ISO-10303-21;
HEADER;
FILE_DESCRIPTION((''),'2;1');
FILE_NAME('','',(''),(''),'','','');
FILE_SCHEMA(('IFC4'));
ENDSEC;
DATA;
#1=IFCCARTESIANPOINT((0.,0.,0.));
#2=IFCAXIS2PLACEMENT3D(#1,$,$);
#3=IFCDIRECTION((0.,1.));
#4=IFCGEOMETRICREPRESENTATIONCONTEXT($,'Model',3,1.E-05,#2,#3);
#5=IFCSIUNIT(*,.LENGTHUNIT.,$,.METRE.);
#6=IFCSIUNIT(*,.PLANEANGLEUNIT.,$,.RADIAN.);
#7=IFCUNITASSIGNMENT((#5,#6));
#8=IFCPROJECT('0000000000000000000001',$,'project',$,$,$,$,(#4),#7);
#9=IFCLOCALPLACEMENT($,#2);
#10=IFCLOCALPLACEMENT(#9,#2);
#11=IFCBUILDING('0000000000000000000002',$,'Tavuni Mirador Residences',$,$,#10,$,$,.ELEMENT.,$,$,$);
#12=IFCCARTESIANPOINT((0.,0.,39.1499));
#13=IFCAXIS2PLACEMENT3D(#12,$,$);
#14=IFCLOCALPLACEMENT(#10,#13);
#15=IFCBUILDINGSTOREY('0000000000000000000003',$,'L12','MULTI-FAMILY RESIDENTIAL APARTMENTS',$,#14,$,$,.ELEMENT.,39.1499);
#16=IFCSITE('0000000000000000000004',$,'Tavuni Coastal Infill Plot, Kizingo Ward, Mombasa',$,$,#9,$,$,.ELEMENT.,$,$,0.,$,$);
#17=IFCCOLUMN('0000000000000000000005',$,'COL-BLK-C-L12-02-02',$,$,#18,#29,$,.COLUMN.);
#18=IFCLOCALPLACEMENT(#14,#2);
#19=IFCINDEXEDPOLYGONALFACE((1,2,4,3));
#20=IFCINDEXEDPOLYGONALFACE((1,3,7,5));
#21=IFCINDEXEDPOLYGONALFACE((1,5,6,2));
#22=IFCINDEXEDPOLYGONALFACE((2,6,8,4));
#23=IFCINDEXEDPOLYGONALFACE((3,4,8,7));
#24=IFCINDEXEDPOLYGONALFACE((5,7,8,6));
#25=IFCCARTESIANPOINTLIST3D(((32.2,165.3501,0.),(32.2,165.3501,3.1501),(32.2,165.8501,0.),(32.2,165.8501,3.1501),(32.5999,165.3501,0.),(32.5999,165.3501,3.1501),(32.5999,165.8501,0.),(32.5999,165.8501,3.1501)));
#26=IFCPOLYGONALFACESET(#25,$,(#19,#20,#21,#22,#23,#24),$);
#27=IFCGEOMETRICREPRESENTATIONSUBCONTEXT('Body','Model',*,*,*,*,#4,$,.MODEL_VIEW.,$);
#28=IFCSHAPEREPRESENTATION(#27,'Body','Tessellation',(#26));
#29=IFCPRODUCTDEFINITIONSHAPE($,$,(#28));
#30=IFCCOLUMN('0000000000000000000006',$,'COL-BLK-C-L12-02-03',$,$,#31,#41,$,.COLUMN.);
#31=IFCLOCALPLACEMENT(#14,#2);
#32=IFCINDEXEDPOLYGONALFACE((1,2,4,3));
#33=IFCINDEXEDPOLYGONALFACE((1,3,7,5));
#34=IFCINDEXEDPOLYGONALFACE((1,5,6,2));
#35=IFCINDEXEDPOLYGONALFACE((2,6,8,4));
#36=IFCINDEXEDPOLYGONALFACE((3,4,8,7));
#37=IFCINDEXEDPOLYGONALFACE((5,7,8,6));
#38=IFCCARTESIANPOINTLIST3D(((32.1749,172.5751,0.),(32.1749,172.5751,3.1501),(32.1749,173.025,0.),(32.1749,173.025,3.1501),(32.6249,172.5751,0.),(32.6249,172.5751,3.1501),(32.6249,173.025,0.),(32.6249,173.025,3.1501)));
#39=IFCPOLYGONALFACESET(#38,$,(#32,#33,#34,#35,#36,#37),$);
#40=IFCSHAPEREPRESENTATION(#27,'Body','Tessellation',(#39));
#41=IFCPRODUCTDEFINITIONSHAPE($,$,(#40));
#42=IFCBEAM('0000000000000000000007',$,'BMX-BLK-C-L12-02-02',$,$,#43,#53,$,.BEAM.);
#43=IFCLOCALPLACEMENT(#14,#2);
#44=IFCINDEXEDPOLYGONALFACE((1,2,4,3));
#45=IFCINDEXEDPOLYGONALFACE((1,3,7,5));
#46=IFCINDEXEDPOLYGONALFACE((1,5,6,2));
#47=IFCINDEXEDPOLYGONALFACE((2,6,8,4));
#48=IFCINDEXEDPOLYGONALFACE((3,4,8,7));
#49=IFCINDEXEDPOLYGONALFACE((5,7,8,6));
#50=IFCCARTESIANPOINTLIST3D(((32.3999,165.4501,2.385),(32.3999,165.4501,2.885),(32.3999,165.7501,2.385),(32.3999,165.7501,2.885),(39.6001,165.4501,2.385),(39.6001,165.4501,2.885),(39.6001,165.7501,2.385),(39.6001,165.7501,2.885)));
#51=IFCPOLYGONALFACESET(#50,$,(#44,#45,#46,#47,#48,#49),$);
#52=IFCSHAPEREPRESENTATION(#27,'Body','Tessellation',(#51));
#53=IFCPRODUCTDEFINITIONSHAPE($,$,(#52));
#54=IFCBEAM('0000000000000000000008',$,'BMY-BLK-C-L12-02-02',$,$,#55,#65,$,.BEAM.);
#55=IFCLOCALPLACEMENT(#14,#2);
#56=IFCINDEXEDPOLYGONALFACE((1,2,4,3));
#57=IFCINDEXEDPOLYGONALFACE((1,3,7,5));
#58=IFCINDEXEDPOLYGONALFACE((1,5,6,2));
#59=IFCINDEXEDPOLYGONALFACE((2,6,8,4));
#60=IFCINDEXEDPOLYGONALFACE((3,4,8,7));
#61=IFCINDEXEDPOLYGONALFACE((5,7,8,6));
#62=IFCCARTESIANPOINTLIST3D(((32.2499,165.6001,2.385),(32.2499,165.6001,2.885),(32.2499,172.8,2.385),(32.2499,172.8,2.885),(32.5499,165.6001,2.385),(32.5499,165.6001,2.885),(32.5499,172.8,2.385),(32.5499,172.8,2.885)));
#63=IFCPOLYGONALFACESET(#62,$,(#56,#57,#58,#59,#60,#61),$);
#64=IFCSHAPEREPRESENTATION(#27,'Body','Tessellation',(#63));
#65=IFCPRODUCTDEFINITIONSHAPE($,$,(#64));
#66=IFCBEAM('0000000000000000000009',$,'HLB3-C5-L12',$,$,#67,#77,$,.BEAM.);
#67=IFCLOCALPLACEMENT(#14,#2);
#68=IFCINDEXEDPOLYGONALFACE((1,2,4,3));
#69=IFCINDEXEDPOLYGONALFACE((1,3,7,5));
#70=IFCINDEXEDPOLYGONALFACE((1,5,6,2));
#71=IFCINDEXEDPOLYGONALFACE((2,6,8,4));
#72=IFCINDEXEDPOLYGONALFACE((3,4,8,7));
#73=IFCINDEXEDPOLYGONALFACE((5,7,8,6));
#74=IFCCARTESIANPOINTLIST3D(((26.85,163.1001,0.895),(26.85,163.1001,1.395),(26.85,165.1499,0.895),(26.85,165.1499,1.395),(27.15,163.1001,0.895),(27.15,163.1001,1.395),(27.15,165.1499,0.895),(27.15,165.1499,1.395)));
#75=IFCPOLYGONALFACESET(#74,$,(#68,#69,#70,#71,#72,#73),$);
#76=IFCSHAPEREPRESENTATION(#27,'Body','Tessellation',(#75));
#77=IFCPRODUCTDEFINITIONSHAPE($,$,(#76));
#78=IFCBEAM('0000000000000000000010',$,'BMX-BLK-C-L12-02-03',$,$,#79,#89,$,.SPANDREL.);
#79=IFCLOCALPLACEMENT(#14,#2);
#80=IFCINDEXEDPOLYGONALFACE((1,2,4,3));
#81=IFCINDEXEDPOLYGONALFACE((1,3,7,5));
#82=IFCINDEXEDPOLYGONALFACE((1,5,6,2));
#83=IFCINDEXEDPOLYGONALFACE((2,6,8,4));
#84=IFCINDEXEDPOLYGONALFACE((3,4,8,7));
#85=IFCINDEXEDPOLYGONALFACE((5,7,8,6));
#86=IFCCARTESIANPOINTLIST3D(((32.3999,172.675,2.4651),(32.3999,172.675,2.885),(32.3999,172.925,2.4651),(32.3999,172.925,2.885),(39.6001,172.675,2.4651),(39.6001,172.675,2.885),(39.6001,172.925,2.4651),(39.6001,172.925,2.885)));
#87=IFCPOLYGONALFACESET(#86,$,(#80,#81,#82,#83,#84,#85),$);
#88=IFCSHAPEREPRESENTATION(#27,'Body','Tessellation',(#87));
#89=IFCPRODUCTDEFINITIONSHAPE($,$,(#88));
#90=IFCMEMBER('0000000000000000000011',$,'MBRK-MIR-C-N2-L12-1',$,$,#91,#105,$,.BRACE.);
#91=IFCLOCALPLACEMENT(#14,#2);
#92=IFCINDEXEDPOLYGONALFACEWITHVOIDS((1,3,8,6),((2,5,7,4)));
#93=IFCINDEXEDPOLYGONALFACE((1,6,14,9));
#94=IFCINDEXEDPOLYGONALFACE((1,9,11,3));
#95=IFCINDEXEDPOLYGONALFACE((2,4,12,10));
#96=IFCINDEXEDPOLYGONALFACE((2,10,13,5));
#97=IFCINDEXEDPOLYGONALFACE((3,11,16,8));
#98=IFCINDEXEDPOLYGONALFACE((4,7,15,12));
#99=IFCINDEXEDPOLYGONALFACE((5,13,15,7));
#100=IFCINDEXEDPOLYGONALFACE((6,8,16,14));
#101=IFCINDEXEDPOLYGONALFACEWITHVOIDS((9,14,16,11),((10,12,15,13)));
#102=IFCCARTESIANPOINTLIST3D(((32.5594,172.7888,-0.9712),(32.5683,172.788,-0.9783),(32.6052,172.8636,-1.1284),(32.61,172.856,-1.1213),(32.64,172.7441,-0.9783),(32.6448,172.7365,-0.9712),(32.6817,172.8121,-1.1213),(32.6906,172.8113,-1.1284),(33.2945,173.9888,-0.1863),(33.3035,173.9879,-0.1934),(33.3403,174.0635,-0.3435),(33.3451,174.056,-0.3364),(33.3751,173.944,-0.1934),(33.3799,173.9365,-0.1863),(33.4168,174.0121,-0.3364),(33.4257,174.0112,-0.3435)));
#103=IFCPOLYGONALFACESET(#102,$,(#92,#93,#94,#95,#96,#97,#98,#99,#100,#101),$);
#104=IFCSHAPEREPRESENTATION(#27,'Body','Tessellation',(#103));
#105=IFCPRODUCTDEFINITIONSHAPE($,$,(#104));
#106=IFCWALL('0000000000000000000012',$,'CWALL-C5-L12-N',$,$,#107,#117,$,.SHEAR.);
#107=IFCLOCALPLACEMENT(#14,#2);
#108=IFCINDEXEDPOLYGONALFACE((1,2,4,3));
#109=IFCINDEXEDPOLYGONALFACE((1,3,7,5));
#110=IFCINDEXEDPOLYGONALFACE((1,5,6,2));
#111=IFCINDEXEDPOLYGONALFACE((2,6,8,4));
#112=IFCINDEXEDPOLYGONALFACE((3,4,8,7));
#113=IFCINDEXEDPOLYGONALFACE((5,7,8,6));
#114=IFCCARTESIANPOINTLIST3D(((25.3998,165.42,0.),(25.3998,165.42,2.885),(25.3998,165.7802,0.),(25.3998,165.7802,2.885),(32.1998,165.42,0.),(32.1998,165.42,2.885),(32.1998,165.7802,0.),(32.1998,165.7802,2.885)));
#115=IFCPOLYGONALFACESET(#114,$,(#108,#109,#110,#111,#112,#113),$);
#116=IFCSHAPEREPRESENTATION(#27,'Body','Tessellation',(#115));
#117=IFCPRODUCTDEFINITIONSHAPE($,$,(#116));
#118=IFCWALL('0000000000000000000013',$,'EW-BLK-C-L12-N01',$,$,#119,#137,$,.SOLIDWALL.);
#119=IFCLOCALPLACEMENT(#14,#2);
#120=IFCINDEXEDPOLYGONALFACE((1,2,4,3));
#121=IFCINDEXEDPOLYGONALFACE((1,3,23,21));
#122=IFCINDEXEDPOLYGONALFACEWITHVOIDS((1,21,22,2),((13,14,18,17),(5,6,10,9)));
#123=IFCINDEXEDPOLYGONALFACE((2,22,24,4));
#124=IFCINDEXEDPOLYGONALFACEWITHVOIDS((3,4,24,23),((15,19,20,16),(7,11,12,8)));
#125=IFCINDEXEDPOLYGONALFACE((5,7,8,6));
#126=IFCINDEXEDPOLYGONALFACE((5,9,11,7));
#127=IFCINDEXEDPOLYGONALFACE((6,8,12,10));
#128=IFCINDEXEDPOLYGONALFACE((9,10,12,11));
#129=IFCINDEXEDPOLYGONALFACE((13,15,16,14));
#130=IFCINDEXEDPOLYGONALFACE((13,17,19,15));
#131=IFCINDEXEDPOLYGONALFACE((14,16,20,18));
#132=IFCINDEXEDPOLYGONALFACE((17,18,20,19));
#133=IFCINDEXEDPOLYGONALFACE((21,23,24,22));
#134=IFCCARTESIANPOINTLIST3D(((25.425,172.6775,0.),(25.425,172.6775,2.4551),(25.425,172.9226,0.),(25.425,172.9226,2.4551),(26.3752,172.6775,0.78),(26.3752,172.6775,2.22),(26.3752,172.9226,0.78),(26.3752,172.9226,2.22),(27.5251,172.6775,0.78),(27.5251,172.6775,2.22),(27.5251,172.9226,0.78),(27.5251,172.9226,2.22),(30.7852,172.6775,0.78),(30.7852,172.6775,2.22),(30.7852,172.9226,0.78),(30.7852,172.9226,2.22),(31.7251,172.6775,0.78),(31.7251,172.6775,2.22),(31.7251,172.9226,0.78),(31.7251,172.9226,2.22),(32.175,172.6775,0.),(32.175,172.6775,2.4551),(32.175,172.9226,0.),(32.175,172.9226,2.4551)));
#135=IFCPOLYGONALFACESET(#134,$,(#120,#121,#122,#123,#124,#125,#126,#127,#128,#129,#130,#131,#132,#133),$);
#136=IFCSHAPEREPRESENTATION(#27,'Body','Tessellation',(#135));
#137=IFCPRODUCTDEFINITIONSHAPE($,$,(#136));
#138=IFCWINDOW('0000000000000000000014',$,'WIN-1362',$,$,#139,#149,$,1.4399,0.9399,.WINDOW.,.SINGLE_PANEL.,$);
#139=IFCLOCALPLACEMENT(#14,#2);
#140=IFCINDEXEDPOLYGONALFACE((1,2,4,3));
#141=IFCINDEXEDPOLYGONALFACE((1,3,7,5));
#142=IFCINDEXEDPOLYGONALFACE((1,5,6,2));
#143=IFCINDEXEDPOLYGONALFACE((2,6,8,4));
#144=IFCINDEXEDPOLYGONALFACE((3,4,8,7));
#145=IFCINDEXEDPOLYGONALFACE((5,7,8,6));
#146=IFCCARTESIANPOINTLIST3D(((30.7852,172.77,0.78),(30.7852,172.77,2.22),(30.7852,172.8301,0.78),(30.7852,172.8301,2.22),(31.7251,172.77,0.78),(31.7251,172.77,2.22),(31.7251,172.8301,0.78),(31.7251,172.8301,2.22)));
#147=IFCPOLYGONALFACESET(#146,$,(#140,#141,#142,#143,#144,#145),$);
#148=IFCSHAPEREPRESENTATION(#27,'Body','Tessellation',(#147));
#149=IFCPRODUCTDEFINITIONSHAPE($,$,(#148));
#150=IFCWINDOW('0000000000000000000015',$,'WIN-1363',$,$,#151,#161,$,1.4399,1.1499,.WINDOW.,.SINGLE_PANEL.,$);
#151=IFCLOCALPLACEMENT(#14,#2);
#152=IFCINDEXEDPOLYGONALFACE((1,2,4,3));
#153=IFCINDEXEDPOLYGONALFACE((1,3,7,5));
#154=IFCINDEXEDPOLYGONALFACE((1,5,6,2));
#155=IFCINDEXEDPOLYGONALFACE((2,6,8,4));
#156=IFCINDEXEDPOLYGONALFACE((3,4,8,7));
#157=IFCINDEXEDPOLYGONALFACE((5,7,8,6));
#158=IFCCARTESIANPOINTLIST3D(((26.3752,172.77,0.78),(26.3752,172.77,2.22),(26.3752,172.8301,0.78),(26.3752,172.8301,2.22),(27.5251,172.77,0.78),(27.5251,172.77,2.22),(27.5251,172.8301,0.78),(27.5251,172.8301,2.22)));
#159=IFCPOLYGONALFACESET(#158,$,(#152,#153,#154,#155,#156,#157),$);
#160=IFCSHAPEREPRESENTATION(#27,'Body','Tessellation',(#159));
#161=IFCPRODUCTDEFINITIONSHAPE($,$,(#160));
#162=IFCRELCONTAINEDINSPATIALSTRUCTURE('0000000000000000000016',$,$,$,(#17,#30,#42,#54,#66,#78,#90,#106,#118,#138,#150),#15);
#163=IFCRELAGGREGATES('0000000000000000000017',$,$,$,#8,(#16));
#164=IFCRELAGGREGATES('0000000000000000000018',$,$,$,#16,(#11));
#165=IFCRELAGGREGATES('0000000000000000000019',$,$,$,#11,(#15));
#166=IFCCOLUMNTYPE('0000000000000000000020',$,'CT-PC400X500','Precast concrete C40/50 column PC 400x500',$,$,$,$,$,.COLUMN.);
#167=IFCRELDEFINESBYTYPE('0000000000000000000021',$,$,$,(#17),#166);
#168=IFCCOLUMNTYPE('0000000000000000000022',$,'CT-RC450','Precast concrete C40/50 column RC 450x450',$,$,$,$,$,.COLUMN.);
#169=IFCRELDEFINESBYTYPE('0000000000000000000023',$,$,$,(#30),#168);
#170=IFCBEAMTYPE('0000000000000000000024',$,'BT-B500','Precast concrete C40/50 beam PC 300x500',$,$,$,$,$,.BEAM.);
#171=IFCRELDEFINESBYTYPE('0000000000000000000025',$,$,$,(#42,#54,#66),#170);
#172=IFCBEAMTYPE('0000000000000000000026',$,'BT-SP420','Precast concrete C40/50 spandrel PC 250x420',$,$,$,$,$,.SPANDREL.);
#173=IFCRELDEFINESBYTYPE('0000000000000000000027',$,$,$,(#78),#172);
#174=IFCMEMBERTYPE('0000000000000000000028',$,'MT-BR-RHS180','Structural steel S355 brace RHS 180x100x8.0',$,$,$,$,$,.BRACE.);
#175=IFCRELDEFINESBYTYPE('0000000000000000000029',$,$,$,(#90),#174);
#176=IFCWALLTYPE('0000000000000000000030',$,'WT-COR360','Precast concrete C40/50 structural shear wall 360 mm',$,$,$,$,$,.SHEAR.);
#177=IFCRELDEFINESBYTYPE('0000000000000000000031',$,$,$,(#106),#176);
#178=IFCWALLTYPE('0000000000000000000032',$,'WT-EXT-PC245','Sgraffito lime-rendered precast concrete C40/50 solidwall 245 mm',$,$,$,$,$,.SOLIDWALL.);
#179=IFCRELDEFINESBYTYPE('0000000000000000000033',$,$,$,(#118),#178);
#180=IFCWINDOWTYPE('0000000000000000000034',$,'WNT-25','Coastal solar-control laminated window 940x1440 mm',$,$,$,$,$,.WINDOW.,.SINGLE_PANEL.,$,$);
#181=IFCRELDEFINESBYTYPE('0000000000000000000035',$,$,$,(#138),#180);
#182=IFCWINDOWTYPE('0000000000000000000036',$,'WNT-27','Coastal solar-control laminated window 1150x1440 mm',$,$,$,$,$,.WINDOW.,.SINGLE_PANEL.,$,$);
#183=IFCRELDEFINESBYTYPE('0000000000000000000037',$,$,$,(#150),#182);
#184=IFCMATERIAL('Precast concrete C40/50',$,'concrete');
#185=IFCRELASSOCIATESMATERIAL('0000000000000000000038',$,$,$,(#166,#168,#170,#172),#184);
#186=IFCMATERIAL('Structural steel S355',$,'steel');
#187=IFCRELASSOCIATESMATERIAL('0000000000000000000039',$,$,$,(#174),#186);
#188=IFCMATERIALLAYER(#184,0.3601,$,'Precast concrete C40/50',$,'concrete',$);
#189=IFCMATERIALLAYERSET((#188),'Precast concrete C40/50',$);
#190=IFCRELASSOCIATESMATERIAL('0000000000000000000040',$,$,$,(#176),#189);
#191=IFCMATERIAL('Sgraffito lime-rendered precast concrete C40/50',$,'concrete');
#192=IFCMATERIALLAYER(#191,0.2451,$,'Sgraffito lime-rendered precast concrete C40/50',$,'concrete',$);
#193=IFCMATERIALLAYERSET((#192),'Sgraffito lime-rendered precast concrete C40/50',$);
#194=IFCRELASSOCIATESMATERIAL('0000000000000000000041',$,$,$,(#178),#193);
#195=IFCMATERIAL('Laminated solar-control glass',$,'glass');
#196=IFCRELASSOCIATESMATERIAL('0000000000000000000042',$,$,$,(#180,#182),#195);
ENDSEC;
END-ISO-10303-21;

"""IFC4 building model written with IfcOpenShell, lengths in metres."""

from ifc_helpers import new_model, si_unit, direction, frame, frame_2d, origin, origin_2d, place, context, subcontext, project, spatial, rectangle, hollow_rectangle, extrude, material, layer, layer_set, material_profile, profile_set, type_object, element, fill, save


model = new_model("IFC4")

# Units and contexts
model_context = context("Model", 3, precision=1e-05, world=origin(), true_north=direction((0.0, 1.0)))
body_context = subcontext(model_context, "Body", "Model", "MODEL_VIEW")
ifc_project = project(units=[si_unit("LENGTHUNIT", "METRE"), si_unit("PLANEANGLEUNIT", "RADIAN")], contexts=[model_context])

# Site, building, storey
site_placement = place(None, origin())
site = spatial("IfcSite", under=ifc_project, at=site_placement, Name="Tavuni Coastal Infill Plot, Kizingo Ward, Mombasa", CompositionType="ELEMENT", RefElevation=0.0)
building_placement = place(site_placement, origin())
building = spatial("IfcBuilding", under=site, at=building_placement, Name="Tavuni Mirador Residences", CompositionType="ELEMENT")
storey_placement = place(building_placement, frame((0.0, 0.0, 39.1499)))
storey = spatial("IfcBuildingStorey", under=building, at=storey_placement, Name="L12", Description="MULTI-FAMILY RESIDENTIAL APARTMENTS", CompositionType="ELEMENT", Elevation=39.1499)

# Columns
ifc_material_1 = material(Name="Precast concrete C40/50", Category="concrete")
ifc_material_profile_1 = material_profile(ifc_material_1, rectangle(XDim=0.3999, YDim=0.5, at=origin_2d()), Name="PC 400x500", Category="concrete")
ifc_profile_set_1 = profile_set([ifc_material_profile_1], Name="Precast concrete C40/50")
column_type_1 = type_object("IfcColumnType", Name="CT-PC400X500", Description="Precast concrete C40/50 column PC 400x500", PredefinedType="COLUMN", material=ifc_profile_set_1)
column_1_placement = place(storey_placement, frame((32.3999, 165.6001, 0.0), z_axis=(0.0, 0.0, 1.0), x_axis=(1.0, 0.0, 0.0)))
element("IfcColumn", 1, at=column_1_placement, inside=storey, type_object=column_type_1, Name="COL-BLK-C-L12-02-02", PredefinedType="COLUMN", context=body_context, shape_type="SweptSolid", body=[
    extrude(rectangle(XDim=0.3999, YDim=0.5, at=origin_2d()), origin(), (0.0, 0.0, 1.0), 3.1501),
])
ifc_material_profile_2 = material_profile(ifc_material_1, rectangle(XDim=0.45, YDim=0.45, at=origin_2d()), Name="RC 450x450", Category="concrete")
ifc_profile_set_2 = profile_set([ifc_material_profile_2], Name="Precast concrete C40/50")
column_type_2 = type_object("IfcColumnType", Name="CT-RC450", Description="Precast concrete C40/50 column RC 450x450", PredefinedType="COLUMN", material=ifc_profile_set_2)
column_2_placement = place(storey_placement, frame((32.3999, 172.8, 0.0), z_axis=(0.0, 0.0, 1.0), x_axis=(1.0, 0.0, 0.0)))
element("IfcColumn", 2, at=column_2_placement, inside=storey, type_object=column_type_2, Name="COL-BLK-C-L12-02-03", PredefinedType="COLUMN", context=body_context, shape_type="SweptSolid", body=[
    extrude(rectangle(XDim=0.45, YDim=0.45, at=origin_2d()), origin(), (0.0, 0.0, 1.0), 3.1501),
])

# Beams
ifc_material_profile_3 = material_profile(ifc_material_1, rectangle(XDim=0.3, YDim=0.5, at=origin_2d()), Name="PC 300x500", Category="concrete")
ifc_profile_set_3 = profile_set([ifc_material_profile_3], Name="Precast concrete C40/50")
beam_type_1 = type_object("IfcBeamType", Name="BT-B500", Description="Precast concrete C40/50 beam PC 300x500", PredefinedType="BEAM", material=ifc_profile_set_3)
beam_1_placement = place(storey_placement, frame((32.3999, 165.6001, 2.635), z_axis=(1.0, 0.0, 0.0), x_axis=(0.0, 1.0, 0.0)))
element("IfcBeam", 3, at=beam_1_placement, inside=storey, type_object=beam_type_1, Name="BMX-BLK-C-L12-02-02", PredefinedType="BEAM", context=body_context, shape_type="SweptSolid", body=[
    extrude(rectangle(XDim=0.3, YDim=0.5, at=origin_2d()), origin(), (0.0, 0.0, 1.0), 7.2002),
])
beam_2_placement = place(storey_placement, frame((32.3999, 165.6001, 2.635), z_axis=(0.0, 1.0, 0.0), x_axis=(-1.0, 0.0, 0.0)))
element("IfcBeam", 4, at=beam_2_placement, inside=storey, type_object=beam_type_1, Name="BMY-BLK-C-L12-02-02", PredefinedType="BEAM", context=body_context, shape_type="SweptSolid", body=[
    extrude(rectangle(XDim=0.3, YDim=0.5, at=origin_2d()), origin(), (0.0, 0.0, 1.0), 7.2),
])
beam_3_placement = place(storey_placement, frame((27.0, 163.1001, 1.145), z_axis=(0.0, 1.0, 0.0), x_axis=(-1.0, 0.0, 0.0)))
element("IfcBeam", 5, at=beam_3_placement, inside=storey, type_object=beam_type_1, Name="HLB3-C5-L12", PredefinedType="BEAM", context=body_context, shape_type="SweptSolid", body=[
    extrude(rectangle(XDim=0.3, YDim=0.5, at=origin_2d()), origin(), (0.0, 0.0, 1.0), 2.0498),
])
ifc_material_profile_4 = material_profile(ifc_material_1, rectangle(XDim=0.25, YDim=0.4199, at=origin_2d()), Name="PC 250x420", Category="concrete")
ifc_profile_set_4 = profile_set([ifc_material_profile_4], Name="Precast concrete C40/50")
beam_type_2 = type_object("IfcBeamType", Name="BT-SP420", Description="Precast concrete C40/50 spandrel PC 250x420", PredefinedType="SPANDREL", material=ifc_profile_set_4)
beam_4_placement = place(storey_placement, frame((32.3999, 172.8, 2.675), z_axis=(1.0, 0.0, 0.0), x_axis=(0.0, 1.0, 0.0)))
element("IfcBeam", 6, at=beam_4_placement, inside=storey, type_object=beam_type_2, Name="BMX-BLK-C-L12-02-03", PredefinedType="SPANDREL", context=body_context, shape_type="SweptSolid", body=[
    extrude(rectangle(XDim=0.25, YDim=0.4199, at=origin_2d()), origin(), (0.0, 0.0, 1.0), 7.2002),
])

# Member
ifc_material_2 = material(Name="Structural steel S355", Category="steel")
ifc_material_profile_5 = material_profile(ifc_material_2, hollow_rectangle(XDim=0.1001, YDim=0.1799, WallThickness=0.0081, at=origin_2d()), Name="RHS 180x100x8.0", Category="steel")
ifc_profile_set_5 = profile_set([ifc_material_profile_5], Name="Structural steel S355")
member_type = type_object("IfcMemberType", Name="MT-BR-RHS180", Description="Structural steel S355 brace RHS 180x100x8.0", PredefinedType="BRACE", material=ifc_profile_set_5)
member_placement = place(storey_placement, frame((32.625, 172.8, -1.0498), z_axis=(0.456214, 0.744701, 0.487124), x_axis=(-0.852711, 0.522383, 0.0)))
element("IfcMember", 7, at=member_placement, inside=storey, type_object=member_type, Name="MBRK-MIR-C-N2-L12-1", PredefinedType="BRACE", context=body_context, shape_type="SweptSolid", body=[
    extrude(hollow_rectangle(XDim=0.1001, YDim=0.1799, WallThickness=0.0081, at=origin_2d()), origin(), (0.0, 0.0, 1.0), 1.6113),
])

# Wall
ifc_layer_1 = layer(ifc_material_1, 0.3601, Name="Precast concrete C40/50", Category="concrete")
ifc_layer_set_1 = layer_set([ifc_layer_1], Name="Precast concrete C40/50")
wall_type_1 = type_object("IfcWallType", Name="WT-COR360", Description="Precast concrete C40/50 structural shear wall 360 mm", PredefinedType="SHEAR", material=ifc_layer_set_1)
wall_1_placement = place(storey_placement, frame((25.3999, 165.6001, 0.0), z_axis=(0.0, 0.0, 1.0), x_axis=(1.0, 0.0, 0.0)))
element("IfcWall", 8, at=wall_1_placement, inside=storey, type_object=wall_type_1, Name="CWALL-C5-L12-N", PredefinedType="SHEAR", context=body_context, shape_type="SweptSolid", body=[
    extrude(rectangle(XDim=6.8, YDim=0.3601, at=frame_2d((3.3999, 0.0))), origin(), (0.0, 0.0, 1.0), 2.885),
])

# Wall, openings, windows
ifc_material_3 = material(Name="Sgraffito lime-rendered precast concrete C40/50", Category="concrete")
ifc_layer_2 = layer(ifc_material_3, 0.2451, Name="Sgraffito lime-rendered precast concrete C40/50", Category="concrete")
ifc_layer_set_2 = layer_set([ifc_layer_2], Name="Sgraffito lime-rendered precast concrete C40/50")
wall_type_2 = type_object("IfcWallType", Name="WT-EXT-PC245", Description="Sgraffito lime-rendered precast concrete C40/50 solidwall 245 mm", PredefinedType="SOLIDWALL", material=ifc_layer_set_2)
wall_2_placement = place(storey_placement, frame((32.175, 172.8, 0.0), z_axis=(0.0, 0.0, 1.0), x_axis=(-1.0, 0.0, 0.0)))
wall_2 = element("IfcWall", 9, at=wall_2_placement, inside=storey, type_object=wall_type_2, Name="EW-BLK-C-L12-N01", PredefinedType="SOLIDWALL", context=body_context, shape_type="SweptSolid", body=[
    extrude(rectangle(XDim=6.75, YDim=0.2451, at=frame_2d((3.375, 0.0))), origin(), (0.0, 0.0, 1.0), 2.4551),
])
opening_1_placement = place(wall_2_placement, frame((0.45, 0.0, 0.78)))
opening_1 = element("IfcOpeningElement", 10, at=opening_1_placement, cuts=wall_2, PredefinedType="OPENING", context=body_context, shape_type="SweptSolid", body=[
    extrude(rectangle(XDim=0.9399, YDim=1.4399, at=frame_2d((0.47, 0.72))), frame((0.0, 0.1326, 0.0), z_axis=(0.0, -1.0, 0.0), x_axis=(1.0, 0.0, 0.0)), (0.0, 0.0, 1.0), 0.2651),
])
opening_2_placement = place(wall_2_placement, frame((4.6499, 0.0, 0.78)))
opening_2 = element("IfcOpeningElement", 11, at=opening_2_placement, cuts=wall_2, PredefinedType="OPENING", context=body_context, shape_type="SweptSolid", body=[
    extrude(rectangle(XDim=1.1499, YDim=1.4399, at=frame_2d((0.575, 0.72))), frame((0.0, 0.1326, 0.0), z_axis=(0.0, -1.0, 0.0), x_axis=(1.0, 0.0, 0.0)), (0.0, 0.0, 1.0), 0.2651),
])
ifc_material_4 = material(Name="Laminated solar-control glass", Category="glass")
window_type_1 = type_object("IfcWindowType", Name="WNT-25", Description="Coastal solar-control laminated window 940x1440 mm", PartitioningType="SINGLE_PANEL", PredefinedType="WINDOW", material=ifc_material_4)
window_1_placement = place(opening_1_placement, origin())
window_1 = element("IfcWindow", 12, at=window_1_placement, inside=storey, type_object=window_type_1, Name="WIN-1362", OverallHeight=1.4399, OverallWidth=0.9399, PartitioningType="SINGLE_PANEL", PredefinedType="WINDOW", context=body_context, shape_type="SweptSolid", body=[
    extrude(rectangle(XDim=0.9399, YDim=1.4399, at=frame_2d((0.47, 0.72))), frame((0.0, 0.03, 0.0), z_axis=(0.0, -1.0, 0.0), x_axis=(1.0, 0.0, 0.0)), (0.0, 0.0, 1.0), 0.0601),
])
fill(opening_1, window_1)
window_type_2 = type_object("IfcWindowType", Name="WNT-27", Description="Coastal solar-control laminated window 1150x1440 mm", PartitioningType="SINGLE_PANEL", PredefinedType="WINDOW", material=ifc_material_4)
window_2_placement = place(opening_2_placement, origin())
window_2 = element("IfcWindow", 13, at=window_2_placement, inside=storey, type_object=window_type_2, Name="WIN-1363", OverallHeight=1.4399, OverallWidth=1.1499, PartitioningType="SINGLE_PANEL", PredefinedType="WINDOW", context=body_context, shape_type="SweptSolid", body=[
    extrude(rectangle(XDim=1.1499, YDim=1.4399, at=frame_2d((0.575, 0.72))), frame((0.0, 0.03, 0.0), z_axis=(0.0, -1.0, 0.0), x_axis=(1.0, 0.0, 0.0)), (0.0, 0.0, 1.0), 0.0601),
])
fill(opening_2, window_2)

save(model, "model.ifc")
